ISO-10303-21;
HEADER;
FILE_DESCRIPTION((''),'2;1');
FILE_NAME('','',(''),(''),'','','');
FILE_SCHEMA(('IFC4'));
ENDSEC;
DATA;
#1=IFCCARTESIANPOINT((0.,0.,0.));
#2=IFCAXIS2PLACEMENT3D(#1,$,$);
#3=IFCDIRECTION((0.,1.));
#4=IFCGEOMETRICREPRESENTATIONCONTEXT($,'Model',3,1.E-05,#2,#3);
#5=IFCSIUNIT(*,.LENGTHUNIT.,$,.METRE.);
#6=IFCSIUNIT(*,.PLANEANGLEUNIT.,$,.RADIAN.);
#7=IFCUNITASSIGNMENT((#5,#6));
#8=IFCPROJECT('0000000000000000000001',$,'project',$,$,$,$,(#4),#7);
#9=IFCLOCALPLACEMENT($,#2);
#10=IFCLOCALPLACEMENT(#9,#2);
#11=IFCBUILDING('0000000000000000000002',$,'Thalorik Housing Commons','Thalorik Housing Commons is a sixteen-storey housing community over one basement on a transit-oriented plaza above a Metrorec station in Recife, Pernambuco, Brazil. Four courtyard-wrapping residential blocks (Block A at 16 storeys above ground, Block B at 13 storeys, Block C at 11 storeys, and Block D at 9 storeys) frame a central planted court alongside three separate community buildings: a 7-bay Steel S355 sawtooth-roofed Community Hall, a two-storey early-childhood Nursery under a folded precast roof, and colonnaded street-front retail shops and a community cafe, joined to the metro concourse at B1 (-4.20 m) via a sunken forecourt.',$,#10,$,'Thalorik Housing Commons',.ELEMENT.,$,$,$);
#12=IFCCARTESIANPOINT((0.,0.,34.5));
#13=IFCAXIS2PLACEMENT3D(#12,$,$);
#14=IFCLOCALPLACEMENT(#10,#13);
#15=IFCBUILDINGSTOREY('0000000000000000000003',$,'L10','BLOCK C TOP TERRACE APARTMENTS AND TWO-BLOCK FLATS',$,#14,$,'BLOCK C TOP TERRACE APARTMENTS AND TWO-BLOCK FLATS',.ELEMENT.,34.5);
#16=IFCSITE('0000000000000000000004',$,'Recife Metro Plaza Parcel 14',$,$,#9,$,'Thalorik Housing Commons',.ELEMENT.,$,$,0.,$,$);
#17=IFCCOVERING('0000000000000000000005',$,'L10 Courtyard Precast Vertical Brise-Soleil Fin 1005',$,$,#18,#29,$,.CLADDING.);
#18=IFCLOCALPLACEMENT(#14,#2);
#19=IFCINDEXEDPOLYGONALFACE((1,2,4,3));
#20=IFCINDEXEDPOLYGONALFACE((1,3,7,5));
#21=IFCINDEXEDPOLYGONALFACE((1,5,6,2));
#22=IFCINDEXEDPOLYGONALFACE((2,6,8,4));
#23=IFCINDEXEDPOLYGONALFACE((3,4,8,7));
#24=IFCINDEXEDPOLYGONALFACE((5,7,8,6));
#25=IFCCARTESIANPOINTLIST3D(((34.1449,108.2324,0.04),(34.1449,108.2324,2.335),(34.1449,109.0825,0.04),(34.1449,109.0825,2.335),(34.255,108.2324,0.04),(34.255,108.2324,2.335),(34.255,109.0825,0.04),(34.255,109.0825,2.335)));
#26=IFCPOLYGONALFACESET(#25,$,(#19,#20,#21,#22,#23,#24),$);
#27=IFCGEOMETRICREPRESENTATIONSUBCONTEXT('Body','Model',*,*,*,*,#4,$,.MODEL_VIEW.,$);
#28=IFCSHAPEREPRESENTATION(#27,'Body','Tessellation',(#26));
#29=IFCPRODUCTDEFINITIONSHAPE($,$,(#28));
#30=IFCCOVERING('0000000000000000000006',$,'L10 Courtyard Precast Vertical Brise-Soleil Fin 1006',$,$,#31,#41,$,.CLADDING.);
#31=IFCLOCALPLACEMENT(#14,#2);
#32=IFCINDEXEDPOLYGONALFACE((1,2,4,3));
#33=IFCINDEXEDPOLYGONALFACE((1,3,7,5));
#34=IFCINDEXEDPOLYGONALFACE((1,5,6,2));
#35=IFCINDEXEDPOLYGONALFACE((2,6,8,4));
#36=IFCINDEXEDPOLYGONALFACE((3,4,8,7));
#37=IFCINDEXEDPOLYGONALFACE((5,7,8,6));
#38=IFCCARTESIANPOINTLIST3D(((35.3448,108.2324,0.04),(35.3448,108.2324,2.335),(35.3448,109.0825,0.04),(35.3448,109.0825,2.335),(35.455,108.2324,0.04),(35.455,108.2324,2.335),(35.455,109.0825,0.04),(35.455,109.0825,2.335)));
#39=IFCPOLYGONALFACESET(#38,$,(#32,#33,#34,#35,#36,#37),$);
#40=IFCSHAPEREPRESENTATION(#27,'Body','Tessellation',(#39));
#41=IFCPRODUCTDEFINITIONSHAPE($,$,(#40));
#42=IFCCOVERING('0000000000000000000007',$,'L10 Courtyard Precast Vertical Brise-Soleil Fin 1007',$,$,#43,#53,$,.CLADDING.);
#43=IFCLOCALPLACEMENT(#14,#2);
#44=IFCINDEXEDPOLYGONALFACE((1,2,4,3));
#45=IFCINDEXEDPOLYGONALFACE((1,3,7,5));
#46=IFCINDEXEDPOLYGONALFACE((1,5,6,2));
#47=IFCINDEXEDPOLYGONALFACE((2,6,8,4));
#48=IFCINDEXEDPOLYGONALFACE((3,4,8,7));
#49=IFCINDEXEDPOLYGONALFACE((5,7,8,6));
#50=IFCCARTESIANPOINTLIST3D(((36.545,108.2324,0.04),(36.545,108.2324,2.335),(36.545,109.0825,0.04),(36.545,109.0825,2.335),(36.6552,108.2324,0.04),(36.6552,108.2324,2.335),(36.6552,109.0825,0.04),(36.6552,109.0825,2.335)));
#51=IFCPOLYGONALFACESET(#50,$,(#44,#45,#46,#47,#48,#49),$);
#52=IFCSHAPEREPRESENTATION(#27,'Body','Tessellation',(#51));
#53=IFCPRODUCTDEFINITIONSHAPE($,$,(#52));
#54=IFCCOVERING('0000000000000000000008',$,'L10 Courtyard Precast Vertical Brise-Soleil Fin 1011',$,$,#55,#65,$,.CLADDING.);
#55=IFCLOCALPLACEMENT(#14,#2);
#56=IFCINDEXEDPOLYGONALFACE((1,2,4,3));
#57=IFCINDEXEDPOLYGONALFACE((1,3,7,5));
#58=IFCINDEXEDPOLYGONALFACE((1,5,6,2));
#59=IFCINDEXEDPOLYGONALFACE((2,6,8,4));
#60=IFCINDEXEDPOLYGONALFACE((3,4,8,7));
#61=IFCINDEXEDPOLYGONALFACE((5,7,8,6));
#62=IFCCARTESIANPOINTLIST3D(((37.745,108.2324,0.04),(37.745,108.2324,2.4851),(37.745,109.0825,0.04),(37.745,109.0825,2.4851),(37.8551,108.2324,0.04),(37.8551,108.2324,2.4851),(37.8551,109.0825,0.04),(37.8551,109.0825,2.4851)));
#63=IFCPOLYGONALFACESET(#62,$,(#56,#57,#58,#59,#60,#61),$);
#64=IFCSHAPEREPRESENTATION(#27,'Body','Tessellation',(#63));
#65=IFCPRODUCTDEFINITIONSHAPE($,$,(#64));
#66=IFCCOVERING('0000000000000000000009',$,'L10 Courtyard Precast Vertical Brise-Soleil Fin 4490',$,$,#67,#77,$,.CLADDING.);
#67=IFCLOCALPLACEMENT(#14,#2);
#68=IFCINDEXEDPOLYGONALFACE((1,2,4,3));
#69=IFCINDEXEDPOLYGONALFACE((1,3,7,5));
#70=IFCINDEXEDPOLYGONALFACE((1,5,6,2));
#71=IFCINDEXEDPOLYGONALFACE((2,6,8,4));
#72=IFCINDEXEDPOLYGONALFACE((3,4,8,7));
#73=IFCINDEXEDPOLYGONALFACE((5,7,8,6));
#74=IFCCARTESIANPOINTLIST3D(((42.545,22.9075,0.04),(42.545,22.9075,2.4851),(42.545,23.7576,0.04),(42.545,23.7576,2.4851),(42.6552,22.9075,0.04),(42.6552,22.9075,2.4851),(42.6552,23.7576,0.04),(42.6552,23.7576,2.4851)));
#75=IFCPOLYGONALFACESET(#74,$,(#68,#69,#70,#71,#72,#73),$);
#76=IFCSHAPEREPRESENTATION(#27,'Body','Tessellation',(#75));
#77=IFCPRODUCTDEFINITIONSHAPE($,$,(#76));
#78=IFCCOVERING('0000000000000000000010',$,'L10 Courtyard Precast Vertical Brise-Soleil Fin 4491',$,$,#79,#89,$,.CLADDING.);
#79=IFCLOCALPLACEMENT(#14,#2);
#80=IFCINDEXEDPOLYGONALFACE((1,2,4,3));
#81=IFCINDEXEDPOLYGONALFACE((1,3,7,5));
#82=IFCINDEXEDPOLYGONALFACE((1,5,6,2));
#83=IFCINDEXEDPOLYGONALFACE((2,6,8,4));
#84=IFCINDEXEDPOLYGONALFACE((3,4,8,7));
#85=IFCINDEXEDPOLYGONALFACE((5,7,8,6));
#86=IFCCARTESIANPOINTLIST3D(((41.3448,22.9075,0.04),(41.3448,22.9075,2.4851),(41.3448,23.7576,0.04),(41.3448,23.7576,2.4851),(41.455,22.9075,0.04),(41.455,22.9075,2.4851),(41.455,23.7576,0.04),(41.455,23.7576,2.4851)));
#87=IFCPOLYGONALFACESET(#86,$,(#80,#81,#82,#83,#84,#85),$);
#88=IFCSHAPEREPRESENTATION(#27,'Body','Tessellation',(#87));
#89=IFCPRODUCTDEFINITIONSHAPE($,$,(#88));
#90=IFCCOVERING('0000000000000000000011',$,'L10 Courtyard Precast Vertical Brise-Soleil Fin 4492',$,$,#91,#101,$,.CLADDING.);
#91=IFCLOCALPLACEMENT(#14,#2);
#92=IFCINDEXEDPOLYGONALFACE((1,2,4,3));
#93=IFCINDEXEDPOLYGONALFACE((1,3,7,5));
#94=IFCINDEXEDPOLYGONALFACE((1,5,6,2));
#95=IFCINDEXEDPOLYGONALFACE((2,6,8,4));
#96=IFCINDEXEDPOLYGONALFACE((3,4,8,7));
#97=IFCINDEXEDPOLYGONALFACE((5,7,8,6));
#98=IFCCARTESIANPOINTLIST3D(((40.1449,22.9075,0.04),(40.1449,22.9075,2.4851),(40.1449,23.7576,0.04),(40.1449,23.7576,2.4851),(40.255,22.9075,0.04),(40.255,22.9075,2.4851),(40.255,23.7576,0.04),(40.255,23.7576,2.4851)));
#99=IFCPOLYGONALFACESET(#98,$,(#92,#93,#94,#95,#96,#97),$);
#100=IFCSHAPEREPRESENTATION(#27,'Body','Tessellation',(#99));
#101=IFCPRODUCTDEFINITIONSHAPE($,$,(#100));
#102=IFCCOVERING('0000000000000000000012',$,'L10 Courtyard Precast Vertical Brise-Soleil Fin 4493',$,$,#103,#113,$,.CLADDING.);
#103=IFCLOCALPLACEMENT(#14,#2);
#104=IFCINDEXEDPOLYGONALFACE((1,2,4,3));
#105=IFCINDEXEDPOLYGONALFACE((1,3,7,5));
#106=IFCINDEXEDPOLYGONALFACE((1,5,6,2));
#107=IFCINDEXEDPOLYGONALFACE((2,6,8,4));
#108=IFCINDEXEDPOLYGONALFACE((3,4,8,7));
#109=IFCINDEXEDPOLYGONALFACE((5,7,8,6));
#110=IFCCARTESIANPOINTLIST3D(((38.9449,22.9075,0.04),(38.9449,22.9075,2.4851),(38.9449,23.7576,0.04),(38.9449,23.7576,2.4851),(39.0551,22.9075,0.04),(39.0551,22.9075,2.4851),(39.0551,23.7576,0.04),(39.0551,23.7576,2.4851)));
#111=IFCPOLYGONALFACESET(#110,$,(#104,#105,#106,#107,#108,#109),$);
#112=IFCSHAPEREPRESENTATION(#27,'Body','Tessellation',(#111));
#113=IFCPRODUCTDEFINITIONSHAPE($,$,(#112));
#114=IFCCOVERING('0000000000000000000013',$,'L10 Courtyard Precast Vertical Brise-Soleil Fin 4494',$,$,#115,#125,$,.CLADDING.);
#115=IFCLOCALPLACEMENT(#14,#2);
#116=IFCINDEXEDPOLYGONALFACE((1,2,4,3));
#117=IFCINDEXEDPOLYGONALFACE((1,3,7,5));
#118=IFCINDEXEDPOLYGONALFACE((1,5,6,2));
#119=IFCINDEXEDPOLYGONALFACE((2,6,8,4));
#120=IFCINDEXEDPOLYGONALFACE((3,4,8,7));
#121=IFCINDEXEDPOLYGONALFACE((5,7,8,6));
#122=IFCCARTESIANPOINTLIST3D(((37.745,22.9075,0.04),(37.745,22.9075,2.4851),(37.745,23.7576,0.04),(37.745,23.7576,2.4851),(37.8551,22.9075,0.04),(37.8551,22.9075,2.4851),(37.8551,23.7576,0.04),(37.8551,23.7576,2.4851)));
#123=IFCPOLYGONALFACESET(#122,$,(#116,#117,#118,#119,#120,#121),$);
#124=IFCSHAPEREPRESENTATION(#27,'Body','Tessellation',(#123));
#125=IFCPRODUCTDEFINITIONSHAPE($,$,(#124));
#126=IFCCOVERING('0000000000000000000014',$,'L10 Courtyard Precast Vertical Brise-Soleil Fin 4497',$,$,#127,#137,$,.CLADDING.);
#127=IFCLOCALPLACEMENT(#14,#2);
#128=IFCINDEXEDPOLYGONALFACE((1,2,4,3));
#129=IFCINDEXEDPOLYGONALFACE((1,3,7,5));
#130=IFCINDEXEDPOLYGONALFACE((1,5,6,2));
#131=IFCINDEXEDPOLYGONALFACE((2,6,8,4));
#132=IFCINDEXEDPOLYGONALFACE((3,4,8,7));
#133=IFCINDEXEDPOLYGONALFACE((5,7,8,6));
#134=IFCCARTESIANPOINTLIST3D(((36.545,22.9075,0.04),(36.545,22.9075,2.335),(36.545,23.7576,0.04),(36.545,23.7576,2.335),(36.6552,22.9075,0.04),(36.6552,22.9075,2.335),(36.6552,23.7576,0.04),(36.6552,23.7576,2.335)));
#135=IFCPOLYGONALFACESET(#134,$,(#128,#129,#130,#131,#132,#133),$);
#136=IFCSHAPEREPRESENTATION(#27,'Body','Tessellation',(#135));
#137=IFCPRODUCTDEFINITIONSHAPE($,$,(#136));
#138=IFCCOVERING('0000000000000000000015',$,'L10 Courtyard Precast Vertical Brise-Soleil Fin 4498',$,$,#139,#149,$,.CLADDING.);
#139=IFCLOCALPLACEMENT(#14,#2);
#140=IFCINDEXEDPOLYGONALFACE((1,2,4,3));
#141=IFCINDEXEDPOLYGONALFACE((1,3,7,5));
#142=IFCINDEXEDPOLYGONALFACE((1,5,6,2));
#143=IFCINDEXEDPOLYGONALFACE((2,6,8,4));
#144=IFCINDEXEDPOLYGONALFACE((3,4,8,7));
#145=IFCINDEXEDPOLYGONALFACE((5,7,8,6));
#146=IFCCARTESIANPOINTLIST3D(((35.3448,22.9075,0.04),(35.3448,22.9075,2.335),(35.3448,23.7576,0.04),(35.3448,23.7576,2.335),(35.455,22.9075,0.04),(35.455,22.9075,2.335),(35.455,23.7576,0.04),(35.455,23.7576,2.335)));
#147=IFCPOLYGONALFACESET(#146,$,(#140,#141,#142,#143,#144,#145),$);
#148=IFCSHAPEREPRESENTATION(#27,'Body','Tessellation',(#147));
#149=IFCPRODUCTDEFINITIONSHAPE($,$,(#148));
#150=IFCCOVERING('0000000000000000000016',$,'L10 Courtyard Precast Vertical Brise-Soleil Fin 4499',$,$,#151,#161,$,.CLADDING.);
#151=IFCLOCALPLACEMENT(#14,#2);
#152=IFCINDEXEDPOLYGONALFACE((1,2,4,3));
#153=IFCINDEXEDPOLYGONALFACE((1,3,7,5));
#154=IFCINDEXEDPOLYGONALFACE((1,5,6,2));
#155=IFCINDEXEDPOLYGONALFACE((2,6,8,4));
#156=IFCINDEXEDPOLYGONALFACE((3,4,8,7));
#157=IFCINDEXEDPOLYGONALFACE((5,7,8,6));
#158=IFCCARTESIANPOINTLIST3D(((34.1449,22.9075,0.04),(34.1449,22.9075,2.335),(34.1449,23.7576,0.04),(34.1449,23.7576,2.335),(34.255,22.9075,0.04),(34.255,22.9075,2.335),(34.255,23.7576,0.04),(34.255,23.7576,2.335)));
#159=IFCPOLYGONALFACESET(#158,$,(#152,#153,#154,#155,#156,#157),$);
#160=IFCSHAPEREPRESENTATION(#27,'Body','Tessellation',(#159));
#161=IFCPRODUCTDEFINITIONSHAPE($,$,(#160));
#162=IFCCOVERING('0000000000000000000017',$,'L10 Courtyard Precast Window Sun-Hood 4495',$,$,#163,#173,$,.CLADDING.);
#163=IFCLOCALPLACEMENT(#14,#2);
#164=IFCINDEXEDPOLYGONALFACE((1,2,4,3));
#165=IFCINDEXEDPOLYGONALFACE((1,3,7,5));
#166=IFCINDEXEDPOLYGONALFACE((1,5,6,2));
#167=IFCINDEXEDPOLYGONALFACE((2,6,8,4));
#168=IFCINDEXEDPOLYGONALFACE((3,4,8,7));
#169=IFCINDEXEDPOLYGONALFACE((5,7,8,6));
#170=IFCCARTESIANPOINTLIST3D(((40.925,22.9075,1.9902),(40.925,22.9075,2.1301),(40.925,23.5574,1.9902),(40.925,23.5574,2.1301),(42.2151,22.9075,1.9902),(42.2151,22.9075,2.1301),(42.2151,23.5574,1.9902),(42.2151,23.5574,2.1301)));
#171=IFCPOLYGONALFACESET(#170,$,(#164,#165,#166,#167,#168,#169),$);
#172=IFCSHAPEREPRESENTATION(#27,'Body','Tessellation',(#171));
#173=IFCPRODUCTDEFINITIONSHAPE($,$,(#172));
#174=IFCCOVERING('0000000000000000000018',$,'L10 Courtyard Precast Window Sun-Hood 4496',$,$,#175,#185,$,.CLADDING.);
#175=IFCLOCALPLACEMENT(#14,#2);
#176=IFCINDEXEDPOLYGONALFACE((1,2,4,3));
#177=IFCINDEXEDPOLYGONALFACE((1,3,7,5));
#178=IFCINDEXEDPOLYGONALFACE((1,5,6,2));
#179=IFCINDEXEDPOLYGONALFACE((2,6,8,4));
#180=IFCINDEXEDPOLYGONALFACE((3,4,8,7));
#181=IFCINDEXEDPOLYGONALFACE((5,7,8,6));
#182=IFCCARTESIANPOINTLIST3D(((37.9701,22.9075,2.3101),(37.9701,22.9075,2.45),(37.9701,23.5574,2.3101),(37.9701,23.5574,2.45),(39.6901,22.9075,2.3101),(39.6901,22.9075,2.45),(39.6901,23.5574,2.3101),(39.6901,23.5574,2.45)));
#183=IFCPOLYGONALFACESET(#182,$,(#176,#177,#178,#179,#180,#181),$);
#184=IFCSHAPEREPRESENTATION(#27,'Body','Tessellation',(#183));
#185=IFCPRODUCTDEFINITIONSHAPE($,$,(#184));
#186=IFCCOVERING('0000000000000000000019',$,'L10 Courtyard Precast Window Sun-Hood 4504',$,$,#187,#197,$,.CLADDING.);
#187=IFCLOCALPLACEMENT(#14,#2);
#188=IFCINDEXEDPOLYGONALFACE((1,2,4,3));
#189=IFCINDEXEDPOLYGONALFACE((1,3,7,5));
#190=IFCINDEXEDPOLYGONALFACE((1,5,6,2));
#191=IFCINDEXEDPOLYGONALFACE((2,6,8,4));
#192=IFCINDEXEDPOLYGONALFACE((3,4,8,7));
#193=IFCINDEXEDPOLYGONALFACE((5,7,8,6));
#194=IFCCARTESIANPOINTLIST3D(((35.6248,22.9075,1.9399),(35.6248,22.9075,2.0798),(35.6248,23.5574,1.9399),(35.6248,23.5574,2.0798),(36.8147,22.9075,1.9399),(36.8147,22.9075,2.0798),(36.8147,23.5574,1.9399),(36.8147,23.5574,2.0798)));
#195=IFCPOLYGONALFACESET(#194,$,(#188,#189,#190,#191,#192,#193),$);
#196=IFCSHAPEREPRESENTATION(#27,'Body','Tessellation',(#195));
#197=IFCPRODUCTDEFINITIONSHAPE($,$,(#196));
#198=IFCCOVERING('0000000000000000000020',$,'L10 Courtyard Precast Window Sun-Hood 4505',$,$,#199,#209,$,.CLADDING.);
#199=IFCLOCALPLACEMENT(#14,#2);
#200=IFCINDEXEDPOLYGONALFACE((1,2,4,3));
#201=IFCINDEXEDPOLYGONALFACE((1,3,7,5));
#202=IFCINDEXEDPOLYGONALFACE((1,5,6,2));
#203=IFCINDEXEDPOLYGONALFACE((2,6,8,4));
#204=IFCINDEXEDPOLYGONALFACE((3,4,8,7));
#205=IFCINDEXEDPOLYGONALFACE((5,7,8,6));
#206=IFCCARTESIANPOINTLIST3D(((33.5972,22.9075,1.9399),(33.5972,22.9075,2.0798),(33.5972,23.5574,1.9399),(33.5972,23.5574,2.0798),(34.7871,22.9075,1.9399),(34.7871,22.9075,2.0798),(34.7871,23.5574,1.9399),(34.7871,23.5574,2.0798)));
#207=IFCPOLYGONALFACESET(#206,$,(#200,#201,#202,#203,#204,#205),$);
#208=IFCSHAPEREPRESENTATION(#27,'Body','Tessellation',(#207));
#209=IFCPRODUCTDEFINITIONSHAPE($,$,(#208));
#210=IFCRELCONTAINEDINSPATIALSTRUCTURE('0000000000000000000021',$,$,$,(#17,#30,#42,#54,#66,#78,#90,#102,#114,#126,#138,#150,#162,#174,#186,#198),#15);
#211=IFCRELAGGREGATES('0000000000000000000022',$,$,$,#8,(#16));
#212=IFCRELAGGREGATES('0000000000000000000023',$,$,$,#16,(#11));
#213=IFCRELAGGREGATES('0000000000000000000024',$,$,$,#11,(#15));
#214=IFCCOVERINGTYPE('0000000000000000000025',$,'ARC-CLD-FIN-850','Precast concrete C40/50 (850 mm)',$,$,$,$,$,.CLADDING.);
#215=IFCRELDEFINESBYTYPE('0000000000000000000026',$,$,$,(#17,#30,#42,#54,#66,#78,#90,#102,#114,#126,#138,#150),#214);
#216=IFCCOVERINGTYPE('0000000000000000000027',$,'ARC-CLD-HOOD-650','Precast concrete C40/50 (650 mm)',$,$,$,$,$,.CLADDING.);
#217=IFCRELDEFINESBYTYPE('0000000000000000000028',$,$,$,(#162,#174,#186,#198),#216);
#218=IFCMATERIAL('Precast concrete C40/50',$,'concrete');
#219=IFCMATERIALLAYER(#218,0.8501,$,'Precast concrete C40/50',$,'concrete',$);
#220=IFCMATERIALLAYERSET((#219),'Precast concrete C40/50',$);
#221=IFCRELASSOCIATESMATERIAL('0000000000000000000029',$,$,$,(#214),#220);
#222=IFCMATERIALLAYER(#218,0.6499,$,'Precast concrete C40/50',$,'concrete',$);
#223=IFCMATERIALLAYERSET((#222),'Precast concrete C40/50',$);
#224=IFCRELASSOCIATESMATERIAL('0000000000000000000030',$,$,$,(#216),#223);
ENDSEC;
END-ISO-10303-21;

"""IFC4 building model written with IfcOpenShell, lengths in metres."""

from ifc_helpers import new_model, si_unit, direction, frame, origin, origin_2d, place, context, subcontext, project, spatial, rectangle, extrude, material, layer, layer_set, type_object, element, save


model = new_model("IFC4")

# Units and contexts
model_context = context("Model", 3, precision=1e-05, world=origin(), true_north=direction((0.0, 1.0)))
body_context = subcontext(model_context, "Body", "Model", "MODEL_VIEW")
ifc_project = project(units=[si_unit("LENGTHUNIT", "METRE"), si_unit("PLANEANGLEUNIT", "RADIAN")], contexts=[model_context])

# Site, building, storey
site_placement = place(None, origin())
site = spatial("IfcSite", under=ifc_project, at=site_placement, Name="Recife Metro Plaza Parcel 14", LongName="Thalorik Housing Commons", CompositionType="ELEMENT", RefElevation=0.0)
building_placement = place(site_placement, origin())
building = spatial("IfcBuilding", under=site, at=building_placement, Name="Thalorik Housing Commons", Description="Thalorik Housing Commons is a sixteen-storey housing community over one basement on a transit-oriented plaza above a Metrorec station in Recife, Pernambuco, Brazil. Four courtyard-wrapping residential blocks (Block A at 16 storeys above ground, Block B at 13 storeys, Block C at 11 storeys, and Block D at 9 storeys) frame a central planted court alongside three separate community buildings: a 7-bay Steel S355 sawtooth-roofed Community Hall, a two-storey early-childhood Nursery under a folded precast roof, and colonnaded street-front retail shops and a community cafe, joined to the metro concourse at B1 (-4.20 m) via a sunken forecourt.", LongName="Thalorik Housing Commons", CompositionType="ELEMENT")
storey_placement = place(building_placement, frame((0.0, 0.0, 34.5)))
storey = spatial("IfcBuildingStorey", under=building, at=storey_placement, Name="L10", Description="BLOCK C TOP TERRACE APARTMENTS AND TWO-BLOCK FLATS", LongName="BLOCK C TOP TERRACE APARTMENTS AND TWO-BLOCK FLATS", CompositionType="ELEMENT", Elevation=34.5)

# Coverings
ifc_material = material(Name="Precast concrete C40/50", Category="concrete")
ifc_layer_1 = layer(ifc_material, 0.8501, Name="Precast concrete C40/50", Category="concrete")
ifc_layer_set_1 = layer_set([ifc_layer_1], Name="Precast concrete C40/50")
covering_type_1 = type_object("IfcCoveringType", Name="ARC-CLD-FIN-850", Description="Precast concrete C40/50 (850 mm)", PredefinedType="CLADDING", material=ifc_layer_set_1)
for number, where, z_axis, x_axis, name in (
    (1, (34.2, 108.6575, 0.04), (0.0, 0.0, 1.0), (1.0, 0.0, 0.0), "L10 Courtyard Precast Vertical Brise-Soleil Fin 1005"),
    (2, (35.3999, 108.6575, 0.04), (0.0, 0.0, 1.0), (1.0, 0.0, 0.0), "L10 Courtyard Precast Vertical Brise-Soleil Fin 1006"),
    (3, (36.6001, 108.6575, 0.04), (0.0, 0.0, 1.0), (1.0, 0.0, 0.0), "L10 Courtyard Precast Vertical Brise-Soleil Fin 1007"),
):
    element("IfcCovering", number, at=place(storey_placement, frame(where, z_axis=z_axis, x_axis=x_axis)), inside=storey, type_object=covering_type_1, Name=name, PredefinedType="CLADDING", context=body_context, shape_type="SweptSolid", body=[
        extrude(rectangle(XDim=0.1101, YDim=0.8501, at=origin_2d()), origin(), (0.0, 0.0, 1.0), 2.2949),
    ])
for number, where, z_axis, x_axis, name in (
    (4, (37.8, 108.6575, 0.04), (0.0, 0.0, 1.0), (1.0, 0.0, 0.0), "L10 Courtyard Precast Vertical Brise-Soleil Fin 1011"),
    (5, (42.6001, 23.3325, 0.04), (0.0, 0.0, 1.0), (-1.0, 0.0, 0.0), "L10 Courtyard Precast Vertical Brise-Soleil Fin 4490"),
    (6, (41.3999, 23.3325, 0.04), (0.0, 0.0, 1.0), (-1.0, 0.0, 0.0), "L10 Courtyard Precast Vertical Brise-Soleil Fin 4491"),
    (7, (40.2, 23.3325, 0.04), (0.0, 0.0, 1.0), (-1.0, 0.0, 0.0), "L10 Courtyard Precast Vertical Brise-Soleil Fin 4492"),
    (8, (39.0, 23.3325, 0.04), (0.0, 0.0, 1.0), (-1.0, 0.0, 0.0), "L10 Courtyard Precast Vertical Brise-Soleil Fin 4493"),
    (9, (37.8, 23.3325, 0.04), (0.0, 0.0, 1.0), (-1.0, 0.0, 0.0), "L10 Courtyard Precast Vertical Brise-Soleil Fin 4494"),
):
    element("IfcCovering", number, at=place(storey_placement, frame(where, z_axis=z_axis, x_axis=x_axis)), inside=storey, type_object=covering_type_1, Name=name, PredefinedType="CLADDING", context=body_context, shape_type="SweptSolid", body=[
        extrude(rectangle(XDim=0.1101, YDim=0.8501, at=origin_2d()), origin(), (0.0, 0.0, 1.0), 2.4451),
    ])
for number, where, z_axis, x_axis, name in (
    (10, (36.6001, 23.3325, 0.04), (0.0, 0.0, 1.0), (-1.0, 0.0, 0.0), "L10 Courtyard Precast Vertical Brise-Soleil Fin 4497"),
    (11, (35.3999, 23.3325, 0.04), (0.0, 0.0, 1.0), (-1.0, 0.0, 0.0), "L10 Courtyard Precast Vertical Brise-Soleil Fin 4498"),
    (12, (34.2, 23.3325, 0.04), (0.0, 0.0, 1.0), (-1.0, 0.0, 0.0), "L10 Courtyard Precast Vertical Brise-Soleil Fin 4499"),
):
    element("IfcCovering", number, at=place(storey_placement, frame(where, z_axis=z_axis, x_axis=x_axis)), inside=storey, type_object=covering_type_1, Name=name, PredefinedType="CLADDING", context=body_context, shape_type="SweptSolid", body=[
        extrude(rectangle(XDim=0.1101, YDim=0.8501, at=origin_2d()), origin(), (0.0, 0.0, 1.0), 2.2949),
    ])
ifc_layer_2 = layer(ifc_material, 0.6499, Name="Precast concrete C40/50", Category="concrete")
ifc_layer_set_2 = layer_set([ifc_layer_2], Name="Precast concrete C40/50")
covering_type_2 = type_object("IfcCoveringType", Name="ARC-CLD-HOOD-650", Description="Precast concrete C40/50 (650 mm)", PredefinedType="CLADDING", material=ifc_layer_set_2)
covering_1_placement = place(storey_placement, frame((41.5701, 23.2324, 1.9902), z_axis=(0.0, 0.0, 1.0), x_axis=(-1.0, 0.0, 0.0)))
element("IfcCovering", 13, at=covering_1_placement, inside=storey, type_object=covering_type_2, Name="L10 Courtyard Precast Window Sun-Hood 4495", PredefinedType="CLADDING", context=body_context, shape_type="SweptSolid", body=[
    extrude(rectangle(XDim=1.29, YDim=0.6499, at=origin_2d()), origin(), (0.0, 0.0, 1.0), 0.1399),
])
covering_2_placement = place(storey_placement, frame((38.8301, 23.2324, 2.3101), z_axis=(0.0, 0.0, 1.0), x_axis=(-1.0, 0.0, 0.0)))
element("IfcCovering", 14, at=covering_2_placement, inside=storey, type_object=covering_type_2, Name="L10 Courtyard Precast Window Sun-Hood 4496", PredefinedType="CLADDING", context=body_context, shape_type="SweptSolid", body=[
    extrude(rectangle(XDim=1.72, YDim=0.6499, at=origin_2d()), origin(), (0.0, 0.0, 1.0), 0.1399),
])
for number, where, z_axis, x_axis, name in (
    (15, (36.2197, 23.2324, 1.9399), (0.0, 0.0, 1.0), (-1.0, 0.0, 0.0), "L10 Courtyard Precast Window Sun-Hood 4504"),
    (16, (34.1921, 23.2324, 1.9399), (0.0, 0.0, 1.0), (-1.0, 0.0, 0.0), "L10 Courtyard Precast Window Sun-Hood 4505"),
):
    element("IfcCovering", number, at=place(storey_placement, frame(where, z_axis=z_axis, x_axis=x_axis)), inside=storey, type_object=covering_type_2, Name=name, PredefinedType="CLADDING", context=body_context, shape_type="SweptSolid", body=[
        extrude(rectangle(XDim=1.1899, YDim=0.6499, at=origin_2d()), origin(), (0.0, 0.0, 1.0), 0.1399),
    ])

save(model, "model.ifc")
